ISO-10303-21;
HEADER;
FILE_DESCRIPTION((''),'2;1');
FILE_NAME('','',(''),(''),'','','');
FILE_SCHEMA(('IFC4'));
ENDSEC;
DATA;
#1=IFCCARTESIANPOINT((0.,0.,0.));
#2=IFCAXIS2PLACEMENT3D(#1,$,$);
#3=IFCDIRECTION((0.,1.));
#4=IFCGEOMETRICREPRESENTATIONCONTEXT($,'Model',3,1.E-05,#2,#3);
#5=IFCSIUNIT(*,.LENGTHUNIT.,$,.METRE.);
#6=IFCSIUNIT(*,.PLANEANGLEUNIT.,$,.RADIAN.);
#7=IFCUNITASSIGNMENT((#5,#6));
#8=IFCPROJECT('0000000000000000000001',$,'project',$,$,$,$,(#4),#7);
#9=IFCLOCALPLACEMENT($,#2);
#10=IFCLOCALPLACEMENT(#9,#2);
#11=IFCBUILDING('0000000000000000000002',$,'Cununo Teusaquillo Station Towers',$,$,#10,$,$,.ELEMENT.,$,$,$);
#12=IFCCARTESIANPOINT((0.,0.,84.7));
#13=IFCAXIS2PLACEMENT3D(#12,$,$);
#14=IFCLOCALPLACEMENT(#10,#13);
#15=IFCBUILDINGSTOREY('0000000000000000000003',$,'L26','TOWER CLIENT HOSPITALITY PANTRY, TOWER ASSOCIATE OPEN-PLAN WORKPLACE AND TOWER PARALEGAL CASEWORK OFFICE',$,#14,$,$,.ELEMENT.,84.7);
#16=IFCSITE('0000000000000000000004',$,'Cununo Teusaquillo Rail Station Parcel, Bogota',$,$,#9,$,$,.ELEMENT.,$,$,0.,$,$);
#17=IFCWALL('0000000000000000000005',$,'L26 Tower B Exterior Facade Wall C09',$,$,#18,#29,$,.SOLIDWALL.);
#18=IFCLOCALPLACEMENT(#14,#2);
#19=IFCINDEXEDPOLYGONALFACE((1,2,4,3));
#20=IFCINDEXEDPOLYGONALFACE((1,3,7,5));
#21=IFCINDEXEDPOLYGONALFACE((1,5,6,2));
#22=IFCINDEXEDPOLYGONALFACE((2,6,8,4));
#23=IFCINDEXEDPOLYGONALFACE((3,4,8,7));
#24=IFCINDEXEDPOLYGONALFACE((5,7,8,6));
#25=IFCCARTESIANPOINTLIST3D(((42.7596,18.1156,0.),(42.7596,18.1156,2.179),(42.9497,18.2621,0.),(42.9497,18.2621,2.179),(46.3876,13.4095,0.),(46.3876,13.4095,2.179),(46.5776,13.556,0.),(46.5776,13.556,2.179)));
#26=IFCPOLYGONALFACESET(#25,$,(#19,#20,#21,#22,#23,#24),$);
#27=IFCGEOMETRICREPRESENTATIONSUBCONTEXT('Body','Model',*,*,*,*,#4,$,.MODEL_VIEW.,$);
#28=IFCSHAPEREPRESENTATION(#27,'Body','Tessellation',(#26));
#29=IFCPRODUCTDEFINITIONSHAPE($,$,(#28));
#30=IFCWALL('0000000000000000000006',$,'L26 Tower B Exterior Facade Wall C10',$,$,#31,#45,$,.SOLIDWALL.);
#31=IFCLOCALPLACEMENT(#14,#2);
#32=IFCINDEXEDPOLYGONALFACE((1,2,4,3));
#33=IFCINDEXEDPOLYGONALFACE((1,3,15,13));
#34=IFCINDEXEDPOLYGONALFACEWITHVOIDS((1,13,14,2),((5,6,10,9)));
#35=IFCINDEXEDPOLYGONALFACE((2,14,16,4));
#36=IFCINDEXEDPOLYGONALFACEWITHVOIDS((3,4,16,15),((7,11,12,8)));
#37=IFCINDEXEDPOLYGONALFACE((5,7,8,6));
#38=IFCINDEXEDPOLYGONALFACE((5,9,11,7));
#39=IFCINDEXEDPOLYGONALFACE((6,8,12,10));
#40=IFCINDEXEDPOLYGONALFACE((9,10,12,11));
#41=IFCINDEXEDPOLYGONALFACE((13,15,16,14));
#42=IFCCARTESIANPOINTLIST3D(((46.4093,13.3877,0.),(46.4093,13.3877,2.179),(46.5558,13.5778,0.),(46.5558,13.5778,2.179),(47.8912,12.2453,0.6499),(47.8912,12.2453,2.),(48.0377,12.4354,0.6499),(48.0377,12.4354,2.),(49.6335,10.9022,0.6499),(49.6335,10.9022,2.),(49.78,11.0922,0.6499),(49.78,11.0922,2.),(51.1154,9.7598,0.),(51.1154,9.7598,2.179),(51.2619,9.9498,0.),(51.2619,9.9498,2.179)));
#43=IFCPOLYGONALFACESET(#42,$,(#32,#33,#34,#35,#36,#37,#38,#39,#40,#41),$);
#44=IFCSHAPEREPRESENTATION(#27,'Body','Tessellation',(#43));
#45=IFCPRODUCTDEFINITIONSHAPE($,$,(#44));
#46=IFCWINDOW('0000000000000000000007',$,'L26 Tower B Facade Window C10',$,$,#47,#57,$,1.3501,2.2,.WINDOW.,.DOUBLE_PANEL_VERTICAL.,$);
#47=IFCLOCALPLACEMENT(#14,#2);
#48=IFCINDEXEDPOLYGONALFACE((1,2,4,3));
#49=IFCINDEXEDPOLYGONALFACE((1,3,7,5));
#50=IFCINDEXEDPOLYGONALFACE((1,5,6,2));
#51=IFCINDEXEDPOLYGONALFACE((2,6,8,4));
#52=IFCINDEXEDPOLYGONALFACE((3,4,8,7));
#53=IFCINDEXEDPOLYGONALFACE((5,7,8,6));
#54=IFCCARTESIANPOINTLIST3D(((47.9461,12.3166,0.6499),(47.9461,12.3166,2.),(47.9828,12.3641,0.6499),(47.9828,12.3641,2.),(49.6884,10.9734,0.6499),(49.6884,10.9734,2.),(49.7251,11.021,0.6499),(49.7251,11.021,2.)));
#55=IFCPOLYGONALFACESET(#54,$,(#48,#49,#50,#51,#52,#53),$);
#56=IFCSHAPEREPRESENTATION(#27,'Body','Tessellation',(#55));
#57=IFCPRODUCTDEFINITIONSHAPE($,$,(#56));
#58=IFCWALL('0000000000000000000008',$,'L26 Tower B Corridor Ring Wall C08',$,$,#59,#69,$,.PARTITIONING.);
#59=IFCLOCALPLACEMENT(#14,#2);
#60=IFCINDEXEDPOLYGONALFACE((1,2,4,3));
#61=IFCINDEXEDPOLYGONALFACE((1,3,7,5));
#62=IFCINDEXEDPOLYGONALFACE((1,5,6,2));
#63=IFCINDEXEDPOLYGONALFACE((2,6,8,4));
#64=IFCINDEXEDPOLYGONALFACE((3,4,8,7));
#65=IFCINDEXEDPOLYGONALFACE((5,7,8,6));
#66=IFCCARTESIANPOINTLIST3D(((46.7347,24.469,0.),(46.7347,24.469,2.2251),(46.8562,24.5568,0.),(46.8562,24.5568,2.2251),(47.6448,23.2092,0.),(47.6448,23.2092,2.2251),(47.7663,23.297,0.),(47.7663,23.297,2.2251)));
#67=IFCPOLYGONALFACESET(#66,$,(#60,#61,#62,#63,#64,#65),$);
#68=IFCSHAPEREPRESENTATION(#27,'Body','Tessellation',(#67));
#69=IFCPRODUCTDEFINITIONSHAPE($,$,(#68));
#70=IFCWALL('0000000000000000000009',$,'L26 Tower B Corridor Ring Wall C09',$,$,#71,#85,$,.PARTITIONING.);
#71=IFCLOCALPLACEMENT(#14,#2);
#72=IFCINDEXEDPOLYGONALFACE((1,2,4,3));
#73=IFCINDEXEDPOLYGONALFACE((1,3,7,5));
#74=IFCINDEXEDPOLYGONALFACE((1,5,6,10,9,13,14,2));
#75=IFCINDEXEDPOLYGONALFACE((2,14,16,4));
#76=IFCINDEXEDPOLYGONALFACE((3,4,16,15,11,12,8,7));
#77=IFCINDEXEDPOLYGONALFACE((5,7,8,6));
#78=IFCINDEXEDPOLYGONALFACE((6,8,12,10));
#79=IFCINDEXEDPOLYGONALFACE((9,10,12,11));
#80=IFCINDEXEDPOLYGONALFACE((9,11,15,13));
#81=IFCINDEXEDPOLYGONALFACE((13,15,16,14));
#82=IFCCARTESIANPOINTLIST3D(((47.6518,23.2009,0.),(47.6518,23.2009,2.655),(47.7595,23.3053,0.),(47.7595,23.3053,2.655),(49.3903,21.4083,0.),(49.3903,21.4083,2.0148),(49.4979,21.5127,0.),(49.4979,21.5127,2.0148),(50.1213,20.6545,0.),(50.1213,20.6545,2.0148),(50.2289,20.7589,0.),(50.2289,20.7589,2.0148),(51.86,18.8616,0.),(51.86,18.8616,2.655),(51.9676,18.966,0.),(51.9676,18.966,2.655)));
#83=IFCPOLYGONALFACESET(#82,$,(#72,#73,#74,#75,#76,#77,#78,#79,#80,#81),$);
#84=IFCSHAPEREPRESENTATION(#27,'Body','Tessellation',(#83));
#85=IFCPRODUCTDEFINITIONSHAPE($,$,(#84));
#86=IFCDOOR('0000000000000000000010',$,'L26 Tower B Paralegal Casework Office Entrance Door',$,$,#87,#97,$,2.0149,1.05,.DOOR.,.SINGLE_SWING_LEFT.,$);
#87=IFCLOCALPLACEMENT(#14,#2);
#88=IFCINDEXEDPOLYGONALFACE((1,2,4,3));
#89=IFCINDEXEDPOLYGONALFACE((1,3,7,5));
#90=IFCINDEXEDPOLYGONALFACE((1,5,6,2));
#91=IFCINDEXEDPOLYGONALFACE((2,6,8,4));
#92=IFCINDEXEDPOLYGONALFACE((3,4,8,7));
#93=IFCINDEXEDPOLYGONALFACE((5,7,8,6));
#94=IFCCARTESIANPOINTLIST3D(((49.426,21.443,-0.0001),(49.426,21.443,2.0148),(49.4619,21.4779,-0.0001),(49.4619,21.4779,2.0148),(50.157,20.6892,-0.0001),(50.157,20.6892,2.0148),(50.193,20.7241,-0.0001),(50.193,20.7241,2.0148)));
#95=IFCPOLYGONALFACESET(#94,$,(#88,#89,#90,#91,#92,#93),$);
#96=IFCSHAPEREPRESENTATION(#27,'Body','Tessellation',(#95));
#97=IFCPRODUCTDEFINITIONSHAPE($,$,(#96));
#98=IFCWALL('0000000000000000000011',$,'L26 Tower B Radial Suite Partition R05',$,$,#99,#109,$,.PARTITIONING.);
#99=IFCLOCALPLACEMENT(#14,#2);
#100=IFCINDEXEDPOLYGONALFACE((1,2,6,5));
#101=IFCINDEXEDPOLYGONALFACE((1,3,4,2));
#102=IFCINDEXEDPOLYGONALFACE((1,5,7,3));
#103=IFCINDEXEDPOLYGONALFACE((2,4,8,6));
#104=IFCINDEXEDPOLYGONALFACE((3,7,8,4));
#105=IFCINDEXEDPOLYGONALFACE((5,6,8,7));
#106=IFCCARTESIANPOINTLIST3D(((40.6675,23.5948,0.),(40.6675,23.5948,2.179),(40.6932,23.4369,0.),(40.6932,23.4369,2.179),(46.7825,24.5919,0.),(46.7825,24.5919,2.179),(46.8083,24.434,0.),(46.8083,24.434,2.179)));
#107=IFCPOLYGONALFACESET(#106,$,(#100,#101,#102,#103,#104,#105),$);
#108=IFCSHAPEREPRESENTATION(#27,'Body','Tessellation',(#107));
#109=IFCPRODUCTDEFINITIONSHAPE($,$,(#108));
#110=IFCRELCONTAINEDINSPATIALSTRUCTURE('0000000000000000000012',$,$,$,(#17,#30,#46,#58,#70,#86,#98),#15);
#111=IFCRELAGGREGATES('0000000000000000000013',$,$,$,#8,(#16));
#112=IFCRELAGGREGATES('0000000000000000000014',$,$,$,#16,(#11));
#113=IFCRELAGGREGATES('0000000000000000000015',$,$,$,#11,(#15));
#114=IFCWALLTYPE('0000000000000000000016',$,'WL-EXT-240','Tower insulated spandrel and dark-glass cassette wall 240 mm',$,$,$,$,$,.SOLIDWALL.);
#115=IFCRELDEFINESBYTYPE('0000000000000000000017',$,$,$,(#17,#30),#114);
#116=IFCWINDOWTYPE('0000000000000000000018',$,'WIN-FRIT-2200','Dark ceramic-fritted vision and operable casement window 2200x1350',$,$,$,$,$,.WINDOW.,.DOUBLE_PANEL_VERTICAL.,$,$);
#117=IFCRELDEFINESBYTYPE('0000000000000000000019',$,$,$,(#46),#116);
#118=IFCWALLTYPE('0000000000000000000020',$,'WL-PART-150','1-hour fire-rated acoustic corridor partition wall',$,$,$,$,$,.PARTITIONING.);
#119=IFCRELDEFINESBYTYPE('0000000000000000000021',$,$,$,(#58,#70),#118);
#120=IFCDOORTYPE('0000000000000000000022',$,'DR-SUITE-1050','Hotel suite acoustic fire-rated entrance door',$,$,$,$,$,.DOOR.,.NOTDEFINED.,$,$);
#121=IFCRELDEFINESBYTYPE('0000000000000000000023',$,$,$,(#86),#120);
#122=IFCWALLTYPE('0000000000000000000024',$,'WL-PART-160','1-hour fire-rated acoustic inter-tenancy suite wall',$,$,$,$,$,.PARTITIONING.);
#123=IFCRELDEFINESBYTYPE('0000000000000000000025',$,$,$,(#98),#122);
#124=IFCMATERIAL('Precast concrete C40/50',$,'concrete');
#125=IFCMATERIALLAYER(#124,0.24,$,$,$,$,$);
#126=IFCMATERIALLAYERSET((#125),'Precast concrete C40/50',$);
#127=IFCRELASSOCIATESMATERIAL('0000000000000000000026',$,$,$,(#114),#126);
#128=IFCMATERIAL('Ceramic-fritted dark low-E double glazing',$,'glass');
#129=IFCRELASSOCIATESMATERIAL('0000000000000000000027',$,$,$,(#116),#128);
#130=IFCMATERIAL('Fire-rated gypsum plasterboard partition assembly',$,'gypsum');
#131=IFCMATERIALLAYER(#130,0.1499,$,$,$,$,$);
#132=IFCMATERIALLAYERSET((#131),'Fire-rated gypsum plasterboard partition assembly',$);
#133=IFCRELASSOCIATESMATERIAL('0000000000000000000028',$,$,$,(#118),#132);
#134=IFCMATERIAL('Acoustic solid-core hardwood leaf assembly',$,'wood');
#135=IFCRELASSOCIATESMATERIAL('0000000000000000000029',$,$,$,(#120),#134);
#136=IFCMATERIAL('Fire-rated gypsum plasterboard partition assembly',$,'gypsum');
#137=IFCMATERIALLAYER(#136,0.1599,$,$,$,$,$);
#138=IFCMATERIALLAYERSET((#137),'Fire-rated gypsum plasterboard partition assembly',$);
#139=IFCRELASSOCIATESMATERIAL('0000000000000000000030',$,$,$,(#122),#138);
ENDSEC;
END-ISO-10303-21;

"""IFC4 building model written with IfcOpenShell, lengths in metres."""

from ifc_helpers import new_model, si_unit, direction, frame, frame_2d, origin, place, context, subcontext, project, spatial, rectangle, extrude, source, transform, mapped, material, layer, layer_set, type_object, element, fill, save


model = new_model("IFC4")

# Units and contexts
model_context = context("Model", 3, precision=1e-05, world=origin(), true_north=direction((0.0, 1.0)))
body_context = subcontext(model_context, "Body", "Model", "MODEL_VIEW")
ifc_project = project(units=[si_unit("LENGTHUNIT", "METRE"), si_unit("PLANEANGLEUNIT", "RADIAN")], contexts=[model_context])

# Site, building, storey
site_placement = place(None, origin())
site = spatial("IfcSite", under=ifc_project, at=site_placement, Name="Cununo Teusaquillo Rail Station Parcel, Bogota", CompositionType="ELEMENT", RefElevation=0.0)
building_placement = place(site_placement, origin())
building = spatial("IfcBuilding", under=site, at=building_placement, Name="Cununo Teusaquillo Station Towers", CompositionType="ELEMENT")
storey_placement = place(building_placement, frame((0.0, 0.0, 84.7)))
storey = spatial("IfcBuildingStorey", under=building, at=storey_placement, Name="L26", Description="TOWER CLIENT HOSPITALITY PANTRY, TOWER ASSOCIATE OPEN-PLAN WORKPLACE AND TOWER PARALEGAL CASEWORK OFFICE", CompositionType="ELEMENT", Elevation=84.7)

# Shared definitions
ifc_material_1 = material(Name="Precast concrete C40/50", Category="concrete")
ifc_layer_1 = layer(ifc_material_1, 0.24)
ifc_layer_set_1 = layer_set([ifc_layer_1], Name="Precast concrete C40/50")
wall_type_1 = type_object("IfcWallType", Name="WL-EXT-240", Description="Tower insulated spandrel and dark-glass cassette wall 240 mm", PredefinedType="SOLIDWALL", material=ifc_layer_set_1)

# Shared definitions
shared_shape_1 = source(origin(), body_context, "Body", "SweptSolid", [
    extrude(rectangle(XDim=2.2, YDim=1.3501, at=frame_2d((1.1001, 0.675))), frame((0.0, 0.1299, 0.0), z_axis=(0.0, -1.0, 0.0), x_axis=(1.0, 0.0, 0.0)), (0.0, 0.0, 1.0), 0.26),
])
ifc_material_2 = material(Name="Ceramic-fritted dark low-E double glazing", Category="glass")
window_type_1 = type_object("IfcWindowType", Name="WIN-FRIT-2200", Description="Dark ceramic-fritted vision and operable casement window 2200x1350", PartitioningType="DOUBLE_PANEL_VERTICAL", PredefinedType="WINDOW", material=ifc_material_2)
shared_shape_2 = source(origin(), body_context, "Body", "SweptSolid", [
    extrude(rectangle(XDim=2.2, YDim=1.3501, at=frame_2d((1.1001, 0.675))), frame((0.0, 0.03, 0.0), z_axis=(0.0, -1.0, 0.0), x_axis=(1.0, 0.0, 0.0)), (0.0, 0.0, 1.0), 0.0601),
])

# Wall
wall_1_placement = place(storey_placement, frame((46.4827, 13.4827, 0.0), z_axis=(0.0, 0.0, 1.0), x_axis=(-0.610544, 0.791982, 0.0)))
element("IfcWall", 1, at=wall_1_placement, inside=storey, type_object=wall_type_1, Name="L26 Tower B Exterior Facade Wall C09", PredefinedType="SOLIDWALL", context=body_context, shape_type="SweptSolid", body=[
    extrude(rectangle(XDim=5.9421, YDim=0.24, at=frame_2d((2.9712, 0.0))), origin(), (0.0, 0.0, 1.0), 2.179),
])

# Wall, opening, window
wall_2_placement = place(storey_placement, frame((51.1887, 9.8547, 0.0), z_axis=(0.0, 0.0, 1.0), x_axis=(-0.791982, 0.610544, 0.0)))
wall_2 = element("IfcWall", 2, at=wall_2_placement, inside=storey, type_object=wall_type_1, Name="L26 Tower B Exterior Facade Wall C10", PredefinedType="SOLIDWALL", context=body_context, shape_type="SweptSolid", body=[
    extrude(rectangle(XDim=5.9421, YDim=0.24, at=frame_2d((2.9712, 0.0))), origin(), (0.0, 0.0, 1.0), 2.179),
])
opening_1_placement = place(wall_2_placement, frame((1.8711, 0.0, 0.6499)))
opening_1 = element("IfcOpeningElement", 3, at=opening_1_placement, cuts=wall_2, PredefinedType="OPENING", context=body_context, shape_type="MappedRepresentation", body=[
    mapped(shared_shape_1, transform((0.0, 0.0, 0.0), x_axis=(1.0, 0.0, 0.0), y_axis=(0.0, 1.0, 0.0), z_axis=(0.0, 0.0, 1.0), scale=1.0)),
])
window_1_placement = place(opening_1_placement, origin())
window_1 = element("IfcWindow", 4, at=window_1_placement, inside=storey, type_object=window_type_1, Name="L26 Tower B Facade Window C10", OverallHeight=1.3501, OverallWidth=2.2, PartitioningType="DOUBLE_PANEL_VERTICAL", PredefinedType="WINDOW", context=body_context, shape_type="MappedRepresentation", body=[
    mapped(shared_shape_2, transform((0.0, 0.0, 0.0), x_axis=(1.0, 0.0, 0.0), y_axis=(0.0, 1.0, 0.0), z_axis=(0.0, 0.0, 1.0), scale=1.0)),
])
fill(opening_1, window_1)

# Wall
ifc_material_3 = material(Name="Fire-rated gypsum plasterboard partition assembly", Category="gypsum")
ifc_layer_2 = layer(ifc_material_3, 0.1499)
ifc_layer_set_2 = layer_set([ifc_layer_2], Name="Fire-rated gypsum plasterboard partition assembly")
wall_type_2 = type_object("IfcWallType", Name="WL-PART-150", Description="1-hour fire-rated acoustic corridor partition wall", PredefinedType="PARTITIONING", material=ifc_layer_set_2)
wall_3_placement = place(storey_placement, frame((46.7954, 24.5129, 0.0), z_axis=(0.0, 0.0, 1.0), x_axis=(0.585628, -0.81058, 0.0)))
element("IfcWall", 5, at=wall_3_placement, inside=storey, type_object=wall_type_2, Name="L26 Tower B Corridor Ring Wall C08", PredefinedType="PARTITIONING", context=body_context, shape_type="SweptSolid", body=[
    extrude(rectangle(XDim=1.5542, YDim=0.1499, at=frame_2d((0.7771, 0.0))), origin(), (0.0, 0.0, 1.0), 2.2251),
])

# Wall, opening, door
wall_4_placement = place(storey_placement, frame((47.7056, 23.2532, 0.0), z_axis=(0.0, 0.0, 1.0), x_axis=(0.696179, -0.717868, 0.0)))
wall_4 = element("IfcWall", 6, at=wall_4_placement, inside=storey, type_object=wall_type_2, Name="L26 Tower B Corridor Ring Wall C09", PredefinedType="PARTITIONING", context=body_context, shape_type="SweptSolid", body=[
    extrude(rectangle(XDim=6.0447, YDim=0.1499, at=frame_2d((3.0225, 0.0))), origin(), (0.0, 0.0, 1.0), 2.655),
])
shared_shape_3 = source(origin(), body_context, "Body", "SweptSolid", [
    extrude(rectangle(XDim=1.05, YDim=2.0149, at=frame_2d((0.5249, 1.0073))), frame((0.0, 0.085, 0.0), z_axis=(0.0, -1.0, 0.0), x_axis=(1.0, 0.0, 0.0)), (0.0, 0.0, 1.0), 0.1699),
])
opening_2_placement = place(wall_4_placement, frame((2.4973, 0.0, 0.0)))
opening_2 = element("IfcOpeningElement", 7, at=opening_2_placement, cuts=wall_4, PredefinedType="OPENING", context=body_context, shape_type="MappedRepresentation", body=[
    mapped(shared_shape_3, transform((0.0, 0.0, 0.0), x_axis=(1.0, 0.0, 0.0), y_axis=(0.0, 1.0, 0.0), z_axis=(0.0, 0.0, 1.0), scale=1.0)),
])
ifc_material_4 = material(Name="Acoustic solid-core hardwood leaf assembly", Category="wood")
door_type_1 = type_object("IfcDoorType", Name="DR-SUITE-1050", Description="Hotel suite acoustic fire-rated entrance door", OperationType="NOTDEFINED", PredefinedType="DOOR", material=ifc_material_4)
shared_shape_4 = source(origin(), body_context, "Body", "SweptSolid", [
    extrude(rectangle(XDim=1.05, YDim=2.0149, at=frame_2d((0.5249, 1.0073))), frame((0.0, 0.0249, 0.0), z_axis=(0.0, -1.0, 0.0), x_axis=(1.0, 0.0, 0.0)), (0.0, 0.0, 1.0), 0.05),
])
door_1_placement = place(opening_2_placement, origin())
door_1 = element("IfcDoor", 8, at=door_1_placement, inside=storey, type_object=door_type_1, Name="L26 Tower B Paralegal Casework Office Entrance Door", OperationType="SINGLE_SWING_LEFT", OverallHeight=2.0149, OverallWidth=1.05, PredefinedType="DOOR", context=body_context, shape_type="MappedRepresentation", body=[
    mapped(shared_shape_4, transform((0.0, 0.0, 0.0), x_axis=(1.0, 0.0, 0.0), y_axis=(0.0, 1.0, 0.0), z_axis=(0.0, 0.0, 1.0), scale=1.0)),
])
fill(opening_2, door_1)

# Wall
ifc_material_5 = material(Name="Fire-rated gypsum plasterboard partition assembly", Category="gypsum")
ifc_layer_3 = layer(ifc_material_5, 0.1599)
ifc_layer_set_3 = layer_set([ifc_layer_3], Name="Fire-rated gypsum plasterboard partition assembly")
wall_type_3 = type_object("IfcWallType", Name="WL-PART-160", Description="1-hour fire-rated acoustic inter-tenancy suite wall", PredefinedType="PARTITIONING", material=ifc_layer_set_3)
wall_5_placement = place(storey_placement, frame((46.7954, 24.5129, 0.0), z_axis=(0.0, 0.0, 1.0), x_axis=(-0.986966, -0.160928, 0.0)))
element("IfcWall", 9, at=wall_5_placement, inside=storey, type_object=wall_type_3, Name="L26 Tower B Radial Suite Partition R05", PredefinedType="PARTITIONING", context=body_context, shape_type="SweptSolid", body=[
    extrude(rectangle(XDim=6.1958, YDim=0.1599, at=frame_2d((3.0979, 0.0))), origin(), (0.0, 0.0, 1.0), 2.179),
])

save(model, "model.ifc")
